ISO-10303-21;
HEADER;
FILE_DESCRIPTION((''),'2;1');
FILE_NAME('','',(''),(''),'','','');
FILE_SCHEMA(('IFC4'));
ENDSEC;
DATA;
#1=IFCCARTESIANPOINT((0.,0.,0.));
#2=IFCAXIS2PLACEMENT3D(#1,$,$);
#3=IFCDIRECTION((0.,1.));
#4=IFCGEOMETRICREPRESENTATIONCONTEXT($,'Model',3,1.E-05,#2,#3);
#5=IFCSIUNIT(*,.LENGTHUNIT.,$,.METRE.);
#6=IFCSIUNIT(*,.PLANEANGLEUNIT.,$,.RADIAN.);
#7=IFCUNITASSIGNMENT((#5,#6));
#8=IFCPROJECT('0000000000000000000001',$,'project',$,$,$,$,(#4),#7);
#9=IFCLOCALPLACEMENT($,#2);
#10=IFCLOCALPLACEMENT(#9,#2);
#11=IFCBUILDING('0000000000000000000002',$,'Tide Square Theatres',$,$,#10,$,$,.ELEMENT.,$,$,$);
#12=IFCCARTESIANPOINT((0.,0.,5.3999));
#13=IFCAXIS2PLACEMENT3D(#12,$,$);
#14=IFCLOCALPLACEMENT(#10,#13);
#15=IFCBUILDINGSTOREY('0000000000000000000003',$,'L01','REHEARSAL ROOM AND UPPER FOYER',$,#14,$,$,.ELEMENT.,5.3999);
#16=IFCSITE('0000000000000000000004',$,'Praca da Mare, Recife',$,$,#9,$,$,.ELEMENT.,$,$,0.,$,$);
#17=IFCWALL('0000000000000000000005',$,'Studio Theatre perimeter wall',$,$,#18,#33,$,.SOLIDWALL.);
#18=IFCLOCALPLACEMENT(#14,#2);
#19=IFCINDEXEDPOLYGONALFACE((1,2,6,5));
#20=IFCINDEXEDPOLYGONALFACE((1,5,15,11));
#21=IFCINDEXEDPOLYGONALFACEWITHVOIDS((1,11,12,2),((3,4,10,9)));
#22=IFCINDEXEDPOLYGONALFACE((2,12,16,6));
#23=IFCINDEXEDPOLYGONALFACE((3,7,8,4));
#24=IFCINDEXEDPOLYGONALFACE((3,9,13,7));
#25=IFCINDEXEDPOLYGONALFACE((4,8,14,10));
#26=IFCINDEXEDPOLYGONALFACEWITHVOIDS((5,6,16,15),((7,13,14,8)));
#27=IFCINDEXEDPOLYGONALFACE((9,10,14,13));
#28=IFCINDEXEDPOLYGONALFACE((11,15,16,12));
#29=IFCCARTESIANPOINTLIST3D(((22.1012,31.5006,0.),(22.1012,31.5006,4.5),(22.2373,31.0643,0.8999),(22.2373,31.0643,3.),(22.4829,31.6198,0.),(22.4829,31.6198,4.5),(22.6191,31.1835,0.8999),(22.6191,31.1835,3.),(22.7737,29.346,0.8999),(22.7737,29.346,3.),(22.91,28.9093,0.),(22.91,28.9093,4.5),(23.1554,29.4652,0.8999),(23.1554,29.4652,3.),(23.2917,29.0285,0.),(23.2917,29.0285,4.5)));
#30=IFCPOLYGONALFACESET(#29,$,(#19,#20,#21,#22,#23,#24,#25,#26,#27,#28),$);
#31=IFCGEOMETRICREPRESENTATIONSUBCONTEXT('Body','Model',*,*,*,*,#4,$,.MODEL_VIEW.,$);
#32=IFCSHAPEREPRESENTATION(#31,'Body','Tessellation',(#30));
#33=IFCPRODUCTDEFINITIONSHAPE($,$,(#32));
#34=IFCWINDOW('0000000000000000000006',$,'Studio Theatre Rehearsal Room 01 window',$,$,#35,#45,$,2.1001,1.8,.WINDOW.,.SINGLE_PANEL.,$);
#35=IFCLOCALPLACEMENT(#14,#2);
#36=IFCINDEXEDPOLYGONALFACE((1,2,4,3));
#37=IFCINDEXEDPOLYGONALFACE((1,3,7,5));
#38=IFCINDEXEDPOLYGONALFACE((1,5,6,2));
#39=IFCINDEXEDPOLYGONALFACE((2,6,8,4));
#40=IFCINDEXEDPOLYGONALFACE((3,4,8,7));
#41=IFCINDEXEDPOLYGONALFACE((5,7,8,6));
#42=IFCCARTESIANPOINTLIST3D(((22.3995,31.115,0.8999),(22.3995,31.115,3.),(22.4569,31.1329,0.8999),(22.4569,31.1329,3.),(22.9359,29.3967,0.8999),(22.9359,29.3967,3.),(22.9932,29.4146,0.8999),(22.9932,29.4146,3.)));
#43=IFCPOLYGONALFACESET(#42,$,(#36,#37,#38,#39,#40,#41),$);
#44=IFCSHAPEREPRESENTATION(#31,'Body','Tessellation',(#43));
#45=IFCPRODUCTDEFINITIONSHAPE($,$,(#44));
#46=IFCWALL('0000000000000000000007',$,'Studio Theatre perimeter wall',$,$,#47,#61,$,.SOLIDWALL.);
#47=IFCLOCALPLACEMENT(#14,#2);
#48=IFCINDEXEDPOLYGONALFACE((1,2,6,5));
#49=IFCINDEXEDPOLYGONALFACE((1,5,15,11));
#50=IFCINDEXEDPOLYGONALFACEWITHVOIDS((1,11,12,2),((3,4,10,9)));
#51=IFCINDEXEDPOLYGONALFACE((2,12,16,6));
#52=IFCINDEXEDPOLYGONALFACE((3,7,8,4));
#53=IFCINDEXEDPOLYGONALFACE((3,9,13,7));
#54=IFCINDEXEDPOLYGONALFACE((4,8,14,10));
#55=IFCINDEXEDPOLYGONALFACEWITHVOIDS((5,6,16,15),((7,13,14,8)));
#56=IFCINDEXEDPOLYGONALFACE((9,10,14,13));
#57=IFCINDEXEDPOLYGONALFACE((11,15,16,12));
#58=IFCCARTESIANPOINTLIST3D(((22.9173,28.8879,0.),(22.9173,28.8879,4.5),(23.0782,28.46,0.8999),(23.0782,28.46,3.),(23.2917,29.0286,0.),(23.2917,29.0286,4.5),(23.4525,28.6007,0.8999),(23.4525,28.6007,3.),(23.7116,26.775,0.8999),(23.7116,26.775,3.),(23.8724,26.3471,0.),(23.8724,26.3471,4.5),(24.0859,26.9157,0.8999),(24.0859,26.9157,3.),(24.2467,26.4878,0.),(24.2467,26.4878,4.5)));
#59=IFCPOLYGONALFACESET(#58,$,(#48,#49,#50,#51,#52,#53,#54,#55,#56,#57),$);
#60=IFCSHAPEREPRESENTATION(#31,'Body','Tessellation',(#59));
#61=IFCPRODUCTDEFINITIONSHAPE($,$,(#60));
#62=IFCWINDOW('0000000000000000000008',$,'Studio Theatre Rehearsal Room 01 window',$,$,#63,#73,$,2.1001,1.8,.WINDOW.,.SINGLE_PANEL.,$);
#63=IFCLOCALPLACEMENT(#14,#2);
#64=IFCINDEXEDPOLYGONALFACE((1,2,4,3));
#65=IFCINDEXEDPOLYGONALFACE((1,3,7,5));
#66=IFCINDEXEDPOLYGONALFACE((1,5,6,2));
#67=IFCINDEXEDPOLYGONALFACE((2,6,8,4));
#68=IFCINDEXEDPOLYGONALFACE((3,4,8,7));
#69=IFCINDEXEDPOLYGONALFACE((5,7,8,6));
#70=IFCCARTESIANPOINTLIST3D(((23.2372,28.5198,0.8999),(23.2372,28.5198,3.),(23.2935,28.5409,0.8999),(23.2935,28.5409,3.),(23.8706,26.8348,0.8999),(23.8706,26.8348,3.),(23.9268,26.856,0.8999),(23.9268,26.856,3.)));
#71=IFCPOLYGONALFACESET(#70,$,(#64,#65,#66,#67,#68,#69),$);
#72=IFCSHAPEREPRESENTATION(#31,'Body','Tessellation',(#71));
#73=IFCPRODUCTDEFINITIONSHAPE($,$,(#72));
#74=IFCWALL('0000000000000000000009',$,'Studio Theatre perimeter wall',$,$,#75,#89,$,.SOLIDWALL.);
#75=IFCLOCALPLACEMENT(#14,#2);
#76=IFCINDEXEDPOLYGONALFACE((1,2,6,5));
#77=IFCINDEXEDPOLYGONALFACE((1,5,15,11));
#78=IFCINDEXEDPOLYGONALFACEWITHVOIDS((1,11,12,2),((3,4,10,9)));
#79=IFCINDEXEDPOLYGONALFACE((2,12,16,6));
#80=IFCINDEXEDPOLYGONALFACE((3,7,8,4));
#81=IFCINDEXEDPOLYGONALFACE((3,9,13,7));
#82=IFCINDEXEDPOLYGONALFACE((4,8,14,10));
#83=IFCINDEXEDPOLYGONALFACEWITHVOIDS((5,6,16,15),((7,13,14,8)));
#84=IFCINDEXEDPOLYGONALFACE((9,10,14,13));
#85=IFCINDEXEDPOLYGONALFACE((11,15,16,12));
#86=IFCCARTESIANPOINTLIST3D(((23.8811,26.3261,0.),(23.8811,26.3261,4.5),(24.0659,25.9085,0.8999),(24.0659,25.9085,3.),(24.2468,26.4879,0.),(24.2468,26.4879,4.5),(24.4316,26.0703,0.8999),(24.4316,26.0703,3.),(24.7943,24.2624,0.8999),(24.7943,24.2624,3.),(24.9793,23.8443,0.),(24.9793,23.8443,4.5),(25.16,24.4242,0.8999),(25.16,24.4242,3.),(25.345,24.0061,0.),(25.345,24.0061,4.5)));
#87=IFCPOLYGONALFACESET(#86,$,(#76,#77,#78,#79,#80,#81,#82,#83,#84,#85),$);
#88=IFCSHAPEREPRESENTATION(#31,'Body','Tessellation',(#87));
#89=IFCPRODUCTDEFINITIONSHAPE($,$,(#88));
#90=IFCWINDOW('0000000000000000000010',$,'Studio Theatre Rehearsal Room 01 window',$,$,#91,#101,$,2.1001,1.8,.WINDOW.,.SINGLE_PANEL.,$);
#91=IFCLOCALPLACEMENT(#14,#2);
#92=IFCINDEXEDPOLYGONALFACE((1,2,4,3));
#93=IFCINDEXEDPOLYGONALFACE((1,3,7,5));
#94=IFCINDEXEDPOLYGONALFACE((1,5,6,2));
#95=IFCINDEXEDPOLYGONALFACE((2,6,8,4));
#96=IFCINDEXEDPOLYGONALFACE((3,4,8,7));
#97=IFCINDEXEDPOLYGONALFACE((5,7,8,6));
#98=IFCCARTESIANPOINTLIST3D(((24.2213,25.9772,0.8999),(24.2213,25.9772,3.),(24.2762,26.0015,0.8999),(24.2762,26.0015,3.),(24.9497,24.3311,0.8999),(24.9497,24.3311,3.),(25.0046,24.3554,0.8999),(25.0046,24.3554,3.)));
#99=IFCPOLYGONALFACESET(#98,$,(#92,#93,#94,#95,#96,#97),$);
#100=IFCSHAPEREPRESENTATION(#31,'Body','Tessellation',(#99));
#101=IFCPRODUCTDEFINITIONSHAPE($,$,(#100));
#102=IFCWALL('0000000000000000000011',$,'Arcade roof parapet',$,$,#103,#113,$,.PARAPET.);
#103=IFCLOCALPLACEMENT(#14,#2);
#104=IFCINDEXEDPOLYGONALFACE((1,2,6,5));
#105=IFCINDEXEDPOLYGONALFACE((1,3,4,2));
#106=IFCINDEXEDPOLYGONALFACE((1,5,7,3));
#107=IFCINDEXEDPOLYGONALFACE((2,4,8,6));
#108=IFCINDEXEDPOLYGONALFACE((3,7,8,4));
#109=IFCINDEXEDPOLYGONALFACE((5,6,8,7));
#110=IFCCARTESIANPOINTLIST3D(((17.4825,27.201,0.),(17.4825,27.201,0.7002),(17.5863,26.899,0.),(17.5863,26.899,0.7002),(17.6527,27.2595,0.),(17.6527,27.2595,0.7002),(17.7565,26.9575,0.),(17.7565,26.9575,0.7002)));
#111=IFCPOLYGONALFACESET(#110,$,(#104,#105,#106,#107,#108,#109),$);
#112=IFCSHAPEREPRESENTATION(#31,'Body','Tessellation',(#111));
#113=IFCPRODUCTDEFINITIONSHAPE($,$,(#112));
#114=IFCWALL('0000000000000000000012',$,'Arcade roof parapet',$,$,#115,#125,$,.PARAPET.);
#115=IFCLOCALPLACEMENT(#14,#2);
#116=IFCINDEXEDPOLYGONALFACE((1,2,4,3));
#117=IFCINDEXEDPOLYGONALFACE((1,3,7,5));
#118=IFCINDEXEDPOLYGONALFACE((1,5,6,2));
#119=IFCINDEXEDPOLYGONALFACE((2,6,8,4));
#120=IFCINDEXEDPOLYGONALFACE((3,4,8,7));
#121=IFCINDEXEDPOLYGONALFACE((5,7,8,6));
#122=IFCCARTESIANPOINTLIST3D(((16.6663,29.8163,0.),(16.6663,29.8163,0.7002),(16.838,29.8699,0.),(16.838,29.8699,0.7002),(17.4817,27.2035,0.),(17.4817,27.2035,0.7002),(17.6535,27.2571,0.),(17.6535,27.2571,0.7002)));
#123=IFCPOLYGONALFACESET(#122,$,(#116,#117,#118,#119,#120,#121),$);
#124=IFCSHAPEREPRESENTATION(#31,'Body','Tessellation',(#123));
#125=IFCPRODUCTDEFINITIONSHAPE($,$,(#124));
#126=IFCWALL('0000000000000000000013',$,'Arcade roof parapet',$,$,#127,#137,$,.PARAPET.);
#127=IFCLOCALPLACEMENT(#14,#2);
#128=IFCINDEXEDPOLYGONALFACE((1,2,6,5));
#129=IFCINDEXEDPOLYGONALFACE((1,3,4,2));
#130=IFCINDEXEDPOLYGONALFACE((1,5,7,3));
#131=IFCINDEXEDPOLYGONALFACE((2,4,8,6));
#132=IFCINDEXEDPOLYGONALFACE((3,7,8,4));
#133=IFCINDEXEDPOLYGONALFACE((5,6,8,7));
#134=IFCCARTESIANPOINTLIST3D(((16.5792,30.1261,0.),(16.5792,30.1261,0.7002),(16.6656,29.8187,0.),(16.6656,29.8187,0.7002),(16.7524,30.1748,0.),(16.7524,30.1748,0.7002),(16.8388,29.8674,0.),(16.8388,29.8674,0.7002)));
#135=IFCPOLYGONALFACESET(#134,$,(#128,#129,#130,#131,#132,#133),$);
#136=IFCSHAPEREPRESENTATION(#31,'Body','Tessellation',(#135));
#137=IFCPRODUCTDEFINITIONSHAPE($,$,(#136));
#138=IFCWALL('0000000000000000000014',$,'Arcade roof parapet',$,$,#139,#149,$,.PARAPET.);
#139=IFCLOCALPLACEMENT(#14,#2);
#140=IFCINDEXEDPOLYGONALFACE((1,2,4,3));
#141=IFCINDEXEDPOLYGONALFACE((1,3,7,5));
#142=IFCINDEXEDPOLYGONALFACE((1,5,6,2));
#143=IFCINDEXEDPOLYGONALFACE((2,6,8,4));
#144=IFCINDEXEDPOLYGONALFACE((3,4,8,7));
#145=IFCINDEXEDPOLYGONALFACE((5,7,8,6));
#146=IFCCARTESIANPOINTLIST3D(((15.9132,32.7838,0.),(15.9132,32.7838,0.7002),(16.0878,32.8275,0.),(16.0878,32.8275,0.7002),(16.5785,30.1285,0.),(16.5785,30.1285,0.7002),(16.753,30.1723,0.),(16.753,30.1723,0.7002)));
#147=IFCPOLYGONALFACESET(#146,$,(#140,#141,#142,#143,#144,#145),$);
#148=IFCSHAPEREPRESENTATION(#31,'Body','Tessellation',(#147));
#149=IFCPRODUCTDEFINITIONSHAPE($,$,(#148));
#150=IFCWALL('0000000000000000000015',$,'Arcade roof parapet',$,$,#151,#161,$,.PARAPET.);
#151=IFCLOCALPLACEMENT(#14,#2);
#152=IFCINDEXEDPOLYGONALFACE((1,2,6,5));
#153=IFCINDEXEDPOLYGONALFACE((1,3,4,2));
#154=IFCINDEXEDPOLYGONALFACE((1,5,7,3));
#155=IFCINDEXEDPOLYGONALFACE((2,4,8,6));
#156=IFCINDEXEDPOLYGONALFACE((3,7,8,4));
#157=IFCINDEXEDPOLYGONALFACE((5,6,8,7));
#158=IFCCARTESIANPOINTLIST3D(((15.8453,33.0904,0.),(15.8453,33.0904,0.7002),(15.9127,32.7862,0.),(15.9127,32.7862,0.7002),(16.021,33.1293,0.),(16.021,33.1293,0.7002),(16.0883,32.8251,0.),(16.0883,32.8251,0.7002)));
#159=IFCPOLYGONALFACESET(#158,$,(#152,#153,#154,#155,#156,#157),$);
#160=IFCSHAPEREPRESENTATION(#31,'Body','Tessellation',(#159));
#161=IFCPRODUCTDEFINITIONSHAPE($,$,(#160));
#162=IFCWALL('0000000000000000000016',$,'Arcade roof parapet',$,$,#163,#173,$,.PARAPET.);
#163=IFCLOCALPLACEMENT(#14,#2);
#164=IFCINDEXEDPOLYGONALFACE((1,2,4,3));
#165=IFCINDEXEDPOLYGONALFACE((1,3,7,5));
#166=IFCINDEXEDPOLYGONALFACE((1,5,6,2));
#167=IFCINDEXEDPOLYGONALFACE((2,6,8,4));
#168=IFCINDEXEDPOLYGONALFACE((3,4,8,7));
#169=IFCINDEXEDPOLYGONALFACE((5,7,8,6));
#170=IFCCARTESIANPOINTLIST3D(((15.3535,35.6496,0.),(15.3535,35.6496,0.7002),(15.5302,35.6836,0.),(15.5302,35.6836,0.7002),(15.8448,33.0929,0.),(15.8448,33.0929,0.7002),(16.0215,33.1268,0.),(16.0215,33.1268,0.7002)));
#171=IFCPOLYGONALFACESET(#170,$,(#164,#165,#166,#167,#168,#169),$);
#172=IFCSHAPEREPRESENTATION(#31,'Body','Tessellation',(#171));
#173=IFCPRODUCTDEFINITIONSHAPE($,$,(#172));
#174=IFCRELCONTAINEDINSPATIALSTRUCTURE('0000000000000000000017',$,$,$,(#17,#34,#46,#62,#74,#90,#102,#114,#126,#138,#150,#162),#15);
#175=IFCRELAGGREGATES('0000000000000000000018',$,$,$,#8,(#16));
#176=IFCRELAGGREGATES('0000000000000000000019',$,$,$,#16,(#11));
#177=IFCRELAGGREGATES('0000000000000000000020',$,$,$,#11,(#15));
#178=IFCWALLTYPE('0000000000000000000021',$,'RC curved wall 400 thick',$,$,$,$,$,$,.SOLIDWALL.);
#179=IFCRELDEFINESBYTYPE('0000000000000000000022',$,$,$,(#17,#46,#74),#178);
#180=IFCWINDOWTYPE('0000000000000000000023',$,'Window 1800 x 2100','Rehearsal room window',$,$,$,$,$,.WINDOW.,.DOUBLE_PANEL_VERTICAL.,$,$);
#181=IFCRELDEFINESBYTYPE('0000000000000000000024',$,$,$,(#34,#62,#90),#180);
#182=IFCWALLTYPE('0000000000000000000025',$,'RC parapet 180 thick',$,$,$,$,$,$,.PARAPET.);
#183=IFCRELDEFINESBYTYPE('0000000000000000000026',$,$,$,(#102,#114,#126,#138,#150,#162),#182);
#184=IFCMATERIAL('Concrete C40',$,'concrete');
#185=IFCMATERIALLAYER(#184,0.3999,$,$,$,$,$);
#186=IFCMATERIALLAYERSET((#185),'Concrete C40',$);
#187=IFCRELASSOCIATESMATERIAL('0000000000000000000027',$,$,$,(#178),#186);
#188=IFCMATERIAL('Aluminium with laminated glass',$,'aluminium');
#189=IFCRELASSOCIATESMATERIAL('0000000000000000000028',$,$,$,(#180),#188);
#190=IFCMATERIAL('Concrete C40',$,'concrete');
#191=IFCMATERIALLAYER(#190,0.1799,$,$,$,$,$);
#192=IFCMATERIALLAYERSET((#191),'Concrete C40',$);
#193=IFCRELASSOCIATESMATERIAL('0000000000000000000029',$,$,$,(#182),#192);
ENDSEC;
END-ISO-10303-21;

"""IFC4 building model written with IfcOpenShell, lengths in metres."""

from ifc_helpers import new_model, si_unit, direction, frame, frame_2d, origin, place, context, subcontext, project, spatial, rectangle, extrude, material, layer, layer_set, type_object, element, fill, save


model = new_model("IFC4")

# Units and contexts
model_context = context("Model", 3, precision=1e-05, world=origin(), true_north=direction((0.0, 1.0)))
body_context = subcontext(model_context, "Body", "Model", "MODEL_VIEW")
ifc_project = project(units=[si_unit("LENGTHUNIT", "METRE"), si_unit("PLANEANGLEUNIT", "RADIAN")], contexts=[model_context])

# Site, building, storey
site_placement = place(None, origin())
site = spatial("IfcSite", under=ifc_project, at=site_placement, Name="Praca da Mare, Recife", CompositionType="ELEMENT", RefElevation=0.0)
building_placement = place(site_placement, origin())
building = spatial("IfcBuilding", under=site, at=building_placement, Name="Tide Square Theatres", CompositionType="ELEMENT")
storey_placement = place(building_placement, frame((0.0, 0.0, 5.3999)))
storey = spatial("IfcBuildingStorey", under=building, at=storey_placement, Name="L01", Description="REHEARSAL ROOM AND UPPER FOYER", CompositionType="ELEMENT", Elevation=5.3999)

# Walls, openings, windows
ifc_material_1 = material(Name="Concrete C40", Category="concrete")
ifc_layer_1 = layer(ifc_material_1, 0.3999)
ifc_layer_set_1 = layer_set([ifc_layer_1], Name="Concrete C40")
wall_type_1 = type_object("IfcWallType", Name="RC curved wall 400 thick", PredefinedType="SOLIDWALL", material=ifc_layer_set_1)
ifc_material_2 = material(Name="Aluminium with laminated glass", Category="aluminium")
window_type = type_object("IfcWindowType", Name="Window 1800 x 2100", Description="Rehearsal room window", PartitioningType="DOUBLE_PANEL_VERTICAL", PredefinedType="WINDOW", material=ifc_material_2)
wall_1_placement = place(storey_placement, frame((22.292, 31.5603, 0.0), z_axis=(0.0, 0.0, 1.0), x_axis=(0.297957, -0.954579, 0.0)))
wall_1 = element("IfcWall", 1, at=wall_1_placement, inside=storey, type_object=wall_type_1, Name="Studio Theatre perimeter wall", PredefinedType="SOLIDWALL", context=body_context, shape_type="SweptSolid", body=[
    extrude(rectangle(XDim=2.7146, YDim=0.3999, at=frame_2d((1.3574, 0.0))), origin(), (0.0, 0.0, 1.0), 4.5),
])
opening_1_placement = place(wall_1_placement, frame((0.4573, 0.0, 0.8999)))
opening_1 = element("IfcOpeningElement", 2, at=opening_1_placement, cuts=wall_1, PredefinedType="OPENING", context=body_context, shape_type="SweptSolid", body=[
    extrude(rectangle(XDim=1.8, YDim=2.1001, at=frame_2d((0.8999, 1.05))), frame((0.0, 0.21, 0.0), z_axis=(0.0, -1.0, 0.0), x_axis=(1.0, 0.0, 0.0)), (0.0, 0.0, 1.0), 0.4199),
])
window_1_placement = place(opening_1_placement, origin())
window_1 = element("IfcWindow", 3, at=window_1_placement, inside=storey, type_object=window_type, Name="Studio Theatre Rehearsal Room 01 window", OverallHeight=2.1001, OverallWidth=1.8, PartitioningType="SINGLE_PANEL", PredefinedType="WINDOW", context=body_context, shape_type="SweptSolid", body=[
    extrude(rectangle(XDim=1.8, YDim=2.1001, at=frame_2d((0.8999, 1.05))), frame((0.0, 0.03, 0.0), z_axis=(0.0, -1.0, 0.0), x_axis=(1.0, 0.0, 0.0)), (0.0, 0.0, 1.0), 0.0601),
])
fill(opening_1, window_1)
wall_2_placement = place(storey_placement, frame((23.1045, 28.9583, 0.0), z_axis=(0.0, 0.0, 1.0), x_axis=(0.351863, -0.936052, 0.0)))
wall_2 = element("IfcWall", 4, at=wall_2_placement, inside=storey, type_object=wall_type_1, Name="Studio Theatre perimeter wall", PredefinedType="SOLIDWALL", context=body_context, shape_type="SweptSolid", body=[
    extrude(rectangle(XDim=2.7144, YDim=0.3999, at=frame_2d((1.3572, 0.0))), origin(), (0.0, 0.0, 1.0), 4.5),
])
opening_2_placement = place(wall_2_placement, frame((0.4573, 0.0, 0.8999)))
opening_2 = element("IfcOpeningElement", 5, at=opening_2_placement, cuts=wall_2, PredefinedType="OPENING", context=body_context, shape_type="SweptSolid", body=[
    extrude(rectangle(XDim=1.8, YDim=2.1001, at=frame_2d((0.8999, 1.05))), frame((0.0, 0.21, 0.0), z_axis=(0.0, -1.0, 0.0), x_axis=(1.0, 0.0, 0.0)), (0.0, 0.0, 1.0), 0.4199),
])
window_2_placement = place(opening_2_placement, origin())
window_2 = element("IfcWindow", 6, at=window_2_placement, inside=storey, type_object=window_type, Name="Studio Theatre Rehearsal Room 01 window", OverallHeight=2.1001, OverallWidth=1.8, PartitioningType="SINGLE_PANEL", PredefinedType="WINDOW", context=body_context, shape_type="SweptSolid", body=[
    extrude(rectangle(XDim=1.8, YDim=2.1001, at=frame_2d((0.8999, 1.05))), frame((0.0, 0.03, 0.0), z_axis=(0.0, -1.0, 0.0), x_axis=(1.0, 0.0, 0.0)), (0.0, 0.0, 1.0), 0.0601),
])
fill(opening_2, window_2)
wall_3_placement = place(storey_placement, frame((24.064, 26.407, 0.0), z_axis=(0.0, 0.0, 1.0), x_axis=(0.404652, -0.914471, 0.0)))
wall_3 = element("IfcWall", 7, at=wall_3_placement, inside=storey, type_object=wall_type_1, Name="Studio Theatre perimeter wall", PredefinedType="SOLIDWALL", context=body_context, shape_type="SweptSolid", body=[
    extrude(rectangle(XDim=2.7139, YDim=0.3999, at=frame_2d((1.3569, 0.0))), origin(), (0.0, 0.0, 1.0), 4.5),
])
opening_3_placement = place(wall_3_placement, frame((0.4568, 0.0, 0.8999)))
opening_3 = element("IfcOpeningElement", 8, at=opening_3_placement, cuts=wall_3, PredefinedType="OPENING", context=body_context, shape_type="SweptSolid", body=[
    extrude(rectangle(XDim=1.8, YDim=2.1001, at=frame_2d((0.8999, 1.05))), frame((0.0, 0.21, 0.0), z_axis=(0.0, -1.0, 0.0), x_axis=(1.0, 0.0, 0.0)), (0.0, 0.0, 1.0), 0.4199),
])
window_3_placement = place(opening_3_placement, origin())
window_3 = element("IfcWindow", 9, at=window_3_placement, inside=storey, type_object=window_type, Name="Studio Theatre Rehearsal Room 01 window", OverallHeight=2.1001, OverallWidth=1.8, PartitioningType="SINGLE_PANEL", PredefinedType="WINDOW", context=body_context, shape_type="SweptSolid", body=[
    extrude(rectangle(XDim=1.8, YDim=2.1001, at=frame_2d((0.8999, 1.05))), frame((0.0, 0.03, 0.0), z_axis=(0.0, -1.0, 0.0), x_axis=(1.0, 0.0, 0.0)), (0.0, 0.0, 1.0), 0.0601),
])
fill(opening_3, window_3)

# Walls
ifc_material_3 = material(Name="Concrete C40", Category="concrete")
ifc_layer_2 = layer(ifc_material_3, 0.1799)
ifc_layer_set_2 = layer_set([ifc_layer_2], Name="Concrete C40")
wall_type_2 = type_object("IfcWallType", Name="RC parapet 180 thick", PredefinedType="PARAPET", material=ifc_layer_set_2)
wall_4_placement = place(storey_placement, frame((17.6714, 26.9282, 0.0), z_axis=(0.0, 0.0, 1.0), x_axis=(-0.32493, 0.945738, 0.0)))
element("IfcWall", 10, at=wall_4_placement, inside=storey, type_object=wall_type_2, Name="Arcade roof parapet", PredefinedType="PARAPET", context=body_context, shape_type="SweptSolid", body=[
    extrude(rectangle(XDim=0.3193, YDim=0.1799, at=frame_2d((0.1597, 0.0))), origin(), (0.0, 0.0, 1.0), 0.7002),
])
wall_5_placement = place(storey_placement, frame((17.5676, 27.2302, 0.0), z_axis=(0.0, 0.0, 1.0), x_axis=(-0.297919, 0.954591, 0.0)))
element("IfcWall", 11, at=wall_5_placement, inside=storey, type_object=wall_type_2, Name="Arcade roof parapet", PredefinedType="PARAPET", context=body_context, shape_type="SweptSolid", body=[
    extrude(rectangle(XDim=2.7371, YDim=0.1799, at=frame_2d((1.3687, 0.0))), origin(), (0.0, 0.0, 1.0), 0.7002),
])
wall_6_placement = place(storey_placement, frame((16.7522, 29.843, 0.0), z_axis=(0.0, 0.0, 1.0), x_axis=(-0.270679, 0.96267, 0.0)))
element("IfcWall", 12, at=wall_6_placement, inside=storey, type_object=wall_type_2, Name="Arcade roof parapet", PredefinedType="PARAPET", context=body_context, shape_type="SweptSolid", body=[
    extrude(rectangle(XDim=0.3193, YDim=0.1799, at=frame_2d((0.1597, 0.0))), origin(), (0.0, 0.0, 1.0), 0.7002),
])
wall_7_placement = place(storey_placement, frame((16.6658, 30.1504, 0.0), z_axis=(0.0, 0.0, 1.0), x_axis=(-0.243039, 0.970016, 0.0)))
element("IfcWall", 13, at=wall_7_placement, inside=storey, type_object=wall_type_2, Name="Arcade roof parapet", PredefinedType="PARAPET", context=body_context, shape_type="SweptSolid", body=[
    extrude(rectangle(XDim=2.7373, YDim=0.1799, at=frame_2d((1.3687, 0.0))), origin(), (0.0, 0.0, 1.0), 0.7002),
])
wall_8_placement = place(storey_placement, frame((16.0005, 32.8057, 0.0), z_axis=(0.0, 0.0, 1.0), x_axis=(-0.216267, 0.976334, 0.0)))
element("IfcWall", 14, at=wall_8_placement, inside=storey, type_object=wall_type_2, Name="Arcade roof parapet", PredefinedType="PARAPET", context=body_context, shape_type="SweptSolid", body=[
    extrude(rectangle(XDim=0.3115, YDim=0.1799, at=frame_2d((0.1558, 0.0))), origin(), (0.0, 0.0, 1.0), 0.7002),
])
wall_9_placement = place(storey_placement, frame((15.9331, 33.1099, 0.0), z_axis=(0.0, 0.0, 1.0), x_axis=(-0.18868, 0.982039, 0.0)))
element("IfcWall", 15, at=wall_9_placement, inside=storey, type_object=wall_type_2, Name="Arcade roof parapet", PredefinedType="PARAPET", context=body_context, shape_type="SweptSolid", body=[
    extrude(rectangle(XDim=2.6035, YDim=0.1799, at=frame_2d((1.3018, 0.0))), origin(), (0.0, 0.0, 1.0), 0.7002),
])

save(model, "model.ifc")
